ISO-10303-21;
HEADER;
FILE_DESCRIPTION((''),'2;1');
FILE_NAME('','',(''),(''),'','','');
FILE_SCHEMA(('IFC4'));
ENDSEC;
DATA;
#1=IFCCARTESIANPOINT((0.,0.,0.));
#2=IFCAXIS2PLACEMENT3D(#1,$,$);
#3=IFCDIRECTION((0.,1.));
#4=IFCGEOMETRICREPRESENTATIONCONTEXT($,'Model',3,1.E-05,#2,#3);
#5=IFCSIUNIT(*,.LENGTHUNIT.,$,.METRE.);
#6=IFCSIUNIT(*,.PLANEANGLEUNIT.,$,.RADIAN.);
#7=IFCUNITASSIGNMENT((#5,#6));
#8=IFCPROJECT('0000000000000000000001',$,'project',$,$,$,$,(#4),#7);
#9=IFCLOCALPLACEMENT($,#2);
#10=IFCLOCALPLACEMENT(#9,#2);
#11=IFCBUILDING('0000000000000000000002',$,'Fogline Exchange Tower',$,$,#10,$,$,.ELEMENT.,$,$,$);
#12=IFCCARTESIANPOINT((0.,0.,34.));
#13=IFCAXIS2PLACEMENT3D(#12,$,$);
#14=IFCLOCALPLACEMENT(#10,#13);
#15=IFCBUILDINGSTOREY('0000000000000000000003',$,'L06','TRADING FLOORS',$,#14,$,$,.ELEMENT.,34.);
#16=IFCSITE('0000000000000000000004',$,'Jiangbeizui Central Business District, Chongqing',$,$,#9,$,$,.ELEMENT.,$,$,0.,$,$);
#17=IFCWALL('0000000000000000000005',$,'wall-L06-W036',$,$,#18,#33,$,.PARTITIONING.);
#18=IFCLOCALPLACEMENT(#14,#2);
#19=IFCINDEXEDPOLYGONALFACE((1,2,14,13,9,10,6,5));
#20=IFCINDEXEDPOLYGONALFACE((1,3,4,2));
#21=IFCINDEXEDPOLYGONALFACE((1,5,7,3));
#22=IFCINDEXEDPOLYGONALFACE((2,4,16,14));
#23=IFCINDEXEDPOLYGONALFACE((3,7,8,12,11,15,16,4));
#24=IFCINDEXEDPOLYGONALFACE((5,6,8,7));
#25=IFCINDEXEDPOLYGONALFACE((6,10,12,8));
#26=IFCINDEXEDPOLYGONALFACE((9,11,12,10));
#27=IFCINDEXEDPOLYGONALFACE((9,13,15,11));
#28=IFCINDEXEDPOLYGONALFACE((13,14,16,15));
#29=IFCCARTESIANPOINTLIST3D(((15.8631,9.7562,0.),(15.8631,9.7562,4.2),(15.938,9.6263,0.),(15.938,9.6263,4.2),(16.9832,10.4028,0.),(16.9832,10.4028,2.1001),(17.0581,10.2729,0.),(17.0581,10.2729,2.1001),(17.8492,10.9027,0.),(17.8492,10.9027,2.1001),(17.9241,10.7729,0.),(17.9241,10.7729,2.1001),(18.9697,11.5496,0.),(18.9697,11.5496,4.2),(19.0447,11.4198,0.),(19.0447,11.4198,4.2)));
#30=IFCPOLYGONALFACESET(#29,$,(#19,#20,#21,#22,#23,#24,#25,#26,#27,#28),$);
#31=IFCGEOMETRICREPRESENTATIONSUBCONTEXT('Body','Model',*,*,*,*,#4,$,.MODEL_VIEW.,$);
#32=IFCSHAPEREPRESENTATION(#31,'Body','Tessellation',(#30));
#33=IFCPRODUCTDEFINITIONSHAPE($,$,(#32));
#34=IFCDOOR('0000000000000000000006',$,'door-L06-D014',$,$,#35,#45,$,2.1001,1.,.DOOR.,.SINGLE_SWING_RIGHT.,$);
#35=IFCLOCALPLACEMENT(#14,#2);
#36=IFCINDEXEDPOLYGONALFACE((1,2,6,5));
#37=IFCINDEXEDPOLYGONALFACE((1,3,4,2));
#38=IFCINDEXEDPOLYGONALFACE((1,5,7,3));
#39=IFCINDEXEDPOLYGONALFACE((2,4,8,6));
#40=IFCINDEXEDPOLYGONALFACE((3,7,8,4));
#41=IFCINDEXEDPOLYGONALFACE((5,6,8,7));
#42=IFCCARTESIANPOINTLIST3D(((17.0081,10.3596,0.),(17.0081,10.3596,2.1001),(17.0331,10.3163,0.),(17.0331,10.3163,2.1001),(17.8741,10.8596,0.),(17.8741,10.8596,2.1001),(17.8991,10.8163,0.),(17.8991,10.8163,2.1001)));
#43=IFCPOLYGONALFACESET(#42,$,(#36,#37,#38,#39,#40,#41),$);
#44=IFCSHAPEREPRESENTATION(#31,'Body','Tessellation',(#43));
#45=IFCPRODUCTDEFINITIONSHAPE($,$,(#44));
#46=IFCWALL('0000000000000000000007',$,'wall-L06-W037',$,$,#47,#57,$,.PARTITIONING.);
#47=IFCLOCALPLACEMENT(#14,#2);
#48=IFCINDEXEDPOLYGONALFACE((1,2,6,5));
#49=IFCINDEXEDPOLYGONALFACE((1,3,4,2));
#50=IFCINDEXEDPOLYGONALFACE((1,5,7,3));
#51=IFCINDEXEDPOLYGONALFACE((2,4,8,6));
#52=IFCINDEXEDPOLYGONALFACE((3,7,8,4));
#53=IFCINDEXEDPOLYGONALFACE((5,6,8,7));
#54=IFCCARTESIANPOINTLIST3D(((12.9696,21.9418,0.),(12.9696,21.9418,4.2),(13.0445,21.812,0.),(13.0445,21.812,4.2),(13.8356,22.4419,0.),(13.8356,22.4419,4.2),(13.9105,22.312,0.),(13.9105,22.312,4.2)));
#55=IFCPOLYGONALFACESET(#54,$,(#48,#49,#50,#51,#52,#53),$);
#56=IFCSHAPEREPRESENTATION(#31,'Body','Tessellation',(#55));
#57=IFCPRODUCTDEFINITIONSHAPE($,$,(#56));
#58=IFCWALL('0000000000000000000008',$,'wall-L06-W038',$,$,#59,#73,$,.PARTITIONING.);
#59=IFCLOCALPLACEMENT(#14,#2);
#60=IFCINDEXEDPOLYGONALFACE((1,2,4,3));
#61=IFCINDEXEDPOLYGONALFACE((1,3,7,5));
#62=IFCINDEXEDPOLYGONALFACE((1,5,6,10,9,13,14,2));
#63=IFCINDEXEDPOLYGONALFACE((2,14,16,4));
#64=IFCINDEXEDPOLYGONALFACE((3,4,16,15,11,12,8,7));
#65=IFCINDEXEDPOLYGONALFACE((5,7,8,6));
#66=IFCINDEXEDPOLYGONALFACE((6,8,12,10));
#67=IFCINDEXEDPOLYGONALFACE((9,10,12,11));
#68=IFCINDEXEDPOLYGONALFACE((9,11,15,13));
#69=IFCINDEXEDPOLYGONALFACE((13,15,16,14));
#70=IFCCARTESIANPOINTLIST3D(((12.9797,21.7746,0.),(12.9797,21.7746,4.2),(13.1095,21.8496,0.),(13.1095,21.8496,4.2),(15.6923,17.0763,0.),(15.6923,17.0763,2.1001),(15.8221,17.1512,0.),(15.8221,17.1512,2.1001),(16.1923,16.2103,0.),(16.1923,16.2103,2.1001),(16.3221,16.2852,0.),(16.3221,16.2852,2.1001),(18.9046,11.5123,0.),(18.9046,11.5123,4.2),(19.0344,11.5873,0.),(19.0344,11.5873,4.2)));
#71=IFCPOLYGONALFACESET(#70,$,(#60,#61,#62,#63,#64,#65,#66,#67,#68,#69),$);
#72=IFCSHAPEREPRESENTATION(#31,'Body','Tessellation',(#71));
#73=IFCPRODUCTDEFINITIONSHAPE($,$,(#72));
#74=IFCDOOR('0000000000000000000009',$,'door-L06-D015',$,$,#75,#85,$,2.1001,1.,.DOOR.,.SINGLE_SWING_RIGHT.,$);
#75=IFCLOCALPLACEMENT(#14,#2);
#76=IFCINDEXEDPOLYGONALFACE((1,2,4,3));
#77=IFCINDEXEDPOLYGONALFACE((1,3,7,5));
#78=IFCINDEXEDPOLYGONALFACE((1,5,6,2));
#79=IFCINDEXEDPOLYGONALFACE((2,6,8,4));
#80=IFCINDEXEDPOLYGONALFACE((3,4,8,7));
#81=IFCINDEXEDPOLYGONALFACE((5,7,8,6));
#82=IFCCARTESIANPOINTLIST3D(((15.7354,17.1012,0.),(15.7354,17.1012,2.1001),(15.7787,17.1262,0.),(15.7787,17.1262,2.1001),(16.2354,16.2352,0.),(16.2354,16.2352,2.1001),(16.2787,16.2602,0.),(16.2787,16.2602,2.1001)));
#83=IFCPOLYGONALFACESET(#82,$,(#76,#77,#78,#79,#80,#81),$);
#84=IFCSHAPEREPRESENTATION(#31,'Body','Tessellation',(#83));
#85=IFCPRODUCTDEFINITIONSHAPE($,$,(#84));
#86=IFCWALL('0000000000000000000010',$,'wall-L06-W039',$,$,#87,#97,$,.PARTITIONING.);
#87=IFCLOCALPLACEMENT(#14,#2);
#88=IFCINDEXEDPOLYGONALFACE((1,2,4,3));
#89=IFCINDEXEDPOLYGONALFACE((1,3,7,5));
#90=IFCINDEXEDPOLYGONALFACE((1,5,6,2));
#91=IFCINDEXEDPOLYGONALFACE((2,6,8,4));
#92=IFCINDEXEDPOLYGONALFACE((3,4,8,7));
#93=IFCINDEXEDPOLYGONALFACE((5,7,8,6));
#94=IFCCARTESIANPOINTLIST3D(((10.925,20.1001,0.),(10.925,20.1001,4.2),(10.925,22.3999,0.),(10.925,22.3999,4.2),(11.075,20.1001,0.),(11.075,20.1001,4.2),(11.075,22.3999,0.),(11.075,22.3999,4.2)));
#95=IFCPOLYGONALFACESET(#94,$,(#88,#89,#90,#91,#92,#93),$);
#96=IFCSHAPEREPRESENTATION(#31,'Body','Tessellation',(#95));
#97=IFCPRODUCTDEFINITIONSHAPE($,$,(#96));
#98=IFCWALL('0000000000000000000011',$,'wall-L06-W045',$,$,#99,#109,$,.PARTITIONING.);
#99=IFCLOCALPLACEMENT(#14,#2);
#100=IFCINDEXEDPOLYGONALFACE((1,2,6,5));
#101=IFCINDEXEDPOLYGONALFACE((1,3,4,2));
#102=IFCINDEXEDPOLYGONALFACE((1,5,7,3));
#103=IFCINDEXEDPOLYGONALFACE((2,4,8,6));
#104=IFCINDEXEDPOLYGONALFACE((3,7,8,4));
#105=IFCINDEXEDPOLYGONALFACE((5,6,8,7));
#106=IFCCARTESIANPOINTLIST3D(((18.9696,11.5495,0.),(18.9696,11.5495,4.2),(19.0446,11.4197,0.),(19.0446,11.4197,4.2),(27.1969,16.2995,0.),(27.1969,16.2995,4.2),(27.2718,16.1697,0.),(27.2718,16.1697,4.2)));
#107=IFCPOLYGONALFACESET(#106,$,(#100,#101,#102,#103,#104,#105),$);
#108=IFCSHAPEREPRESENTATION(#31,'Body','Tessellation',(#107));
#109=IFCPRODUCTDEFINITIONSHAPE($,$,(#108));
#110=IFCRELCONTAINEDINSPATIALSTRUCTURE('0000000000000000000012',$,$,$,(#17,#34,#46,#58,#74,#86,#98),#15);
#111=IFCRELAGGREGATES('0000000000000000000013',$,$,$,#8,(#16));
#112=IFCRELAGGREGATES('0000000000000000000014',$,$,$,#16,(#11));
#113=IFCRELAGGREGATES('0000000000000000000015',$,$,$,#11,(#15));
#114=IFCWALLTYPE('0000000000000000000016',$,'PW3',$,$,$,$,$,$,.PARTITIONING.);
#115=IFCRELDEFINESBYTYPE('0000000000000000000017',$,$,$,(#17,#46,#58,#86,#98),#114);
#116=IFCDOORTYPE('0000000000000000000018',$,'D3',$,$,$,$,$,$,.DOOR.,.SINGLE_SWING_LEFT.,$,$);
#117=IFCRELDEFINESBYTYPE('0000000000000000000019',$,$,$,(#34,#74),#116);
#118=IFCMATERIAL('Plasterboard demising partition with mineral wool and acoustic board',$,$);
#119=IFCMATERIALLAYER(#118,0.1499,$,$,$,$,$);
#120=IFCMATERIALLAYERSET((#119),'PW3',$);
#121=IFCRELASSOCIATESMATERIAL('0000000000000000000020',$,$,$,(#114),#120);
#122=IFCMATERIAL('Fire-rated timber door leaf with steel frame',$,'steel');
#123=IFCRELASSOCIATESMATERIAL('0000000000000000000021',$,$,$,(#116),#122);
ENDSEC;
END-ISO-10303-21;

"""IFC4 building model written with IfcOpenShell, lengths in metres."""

from ifc_helpers import new_model, si_unit, direction, frame, frame_2d, origin, place, context, subcontext, project, spatial, rectangle, extrude, material, layer, layer_set, type_object, element, fill, save


model = new_model("IFC4")

# Units and contexts
model_context = context("Model", 3, precision=1e-05, world=origin(), true_north=direction((0.0, 1.0)))
body_context = subcontext(model_context, "Body", "Model", "MODEL_VIEW")
ifc_project = project(units=[si_unit("LENGTHUNIT", "METRE"), si_unit("PLANEANGLEUNIT", "RADIAN")], contexts=[model_context])

# Site, building, storey
site_placement = place(None, origin())
site = spatial("IfcSite", under=ifc_project, at=site_placement, Name="Jiangbeizui Central Business District, Chongqing", CompositionType="ELEMENT", RefElevation=0.0)
building_placement = place(site_placement, origin())
building = spatial("IfcBuilding", under=site, at=building_placement, Name="Fogline Exchange Tower", CompositionType="ELEMENT")
storey_placement = place(building_placement, frame((0.0, 0.0, 34.0)))
storey = spatial("IfcBuildingStorey", under=building, at=storey_placement, Name="L06", Description="TRADING FLOORS", CompositionType="ELEMENT", Elevation=34.0)

# Shared definitions
ifc_material_1 = material(Name="Plasterboard demising partition with mineral wool and acoustic board")
ifc_layer_1 = layer(ifc_material_1, 0.1499)
ifc_layer_set_1 = layer_set([ifc_layer_1], Name="PW3")
wall_type_1 = type_object("IfcWallType", Name="PW3", PredefinedType="PARTITIONING", material=ifc_layer_set_1)
ifc_material_2 = material(Name="Fire-rated timber door leaf with steel frame", Category="steel")
door_type_1 = type_object("IfcDoorType", Name="D3", OperationType="SINGLE_SWING_LEFT", PredefinedType="DOOR", material=ifc_material_2)

# Wall, opening, door
wall_1_placement = place(storey_placement, frame((19.0071, 11.4846, 0.0), z_axis=(0.0, 0.0, 1.0), x_axis=(-0.866048, -0.49996, 0.0)))
wall_1 = element("IfcWall", 1, at=wall_1_placement, inside=storey, type_object=wall_type_1, Name="wall-L06-W036", PredefinedType="PARTITIONING", context=body_context, shape_type="SweptSolid", body=[
    extrude(rectangle(XDim=3.5872, YDim=0.1499, at=frame_2d((1.7935, 0.0))), origin(), (0.0, 0.0, 1.0), 4.2),
])
opening_1_placement = place(wall_1_placement, frame((1.2937, 0.0, 0.0)))
opening_1 = element("IfcOpeningElement", 2, at=opening_1_placement, cuts=wall_1, PredefinedType="OPENING", context=body_context, shape_type="SweptSolid", body=[
    extrude(rectangle(XDim=1.0, YDim=2.1001, at=frame_2d((0.5, 1.05))), frame((0.0, 0.085, 0.0), z_axis=(0.0, -1.0, 0.0), x_axis=(1.0, 0.0, 0.0)), (0.0, 0.0, 1.0), 0.1699),
])
door_1_placement = place(opening_1_placement, origin())
door_1 = element("IfcDoor", 3, at=door_1_placement, inside=storey, type_object=door_type_1, Name="door-L06-D014", OperationType="SINGLE_SWING_RIGHT", OverallHeight=2.1001, OverallWidth=1.0, PredefinedType="DOOR", context=body_context, shape_type="SweptSolid", body=[
    extrude(rectangle(XDim=1.0, YDim=2.1001, at=frame_2d((0.5, 1.05))), frame((0.0, 0.0249, 0.0), z_axis=(0.0, -1.0, 0.0), x_axis=(1.0, 0.0, 0.0)), (0.0, 0.0, 1.0), 0.05),
])
fill(opening_1, door_1)

# Wall
wall_2_placement = place(storey_placement, frame((13.873, 22.377, 0.0), z_axis=(0.0, 0.0, 1.0), x_axis=(-0.866011, -0.500025, 0.0)))
element("IfcWall", 4, at=wall_2_placement, inside=storey, type_object=wall_type_1, Name="wall-L06-W037", PredefinedType="PARTITIONING", context=body_context, shape_type="SweptSolid", body=[
    extrude(rectangle(XDim=1.0, YDim=0.1499, at=frame_2d((0.5, 0.0))), origin(), (0.0, 0.0, 1.0), 4.2),
])

# Wall, opening, door
wall_3_placement = place(storey_placement, frame((13.0447, 21.812, 0.0), z_axis=(0.0, 0.0, 1.0), x_axis=(0.499995, -0.866028, 0.0)))
wall_3 = element("IfcWall", 5, at=wall_3_placement, inside=storey, type_object=wall_type_1, Name="wall-L06-W038", PredefinedType="PARTITIONING", context=body_context, shape_type="SweptSolid", body=[
    extrude(rectangle(XDim=11.8499, YDim=0.1499, at=frame_2d((5.9248, 0.0))), origin(), (0.0, 0.0, 1.0), 4.2),
])
opening_2_placement = place(wall_3_placement, frame((5.425, 0.0, 0.0)))
opening_2 = element("IfcOpeningElement", 6, at=opening_2_placement, cuts=wall_3, PredefinedType="OPENING", context=body_context, shape_type="SweptSolid", body=[
    extrude(rectangle(XDim=1.0, YDim=2.1001, at=frame_2d((0.5, 1.05))), frame((0.0, 0.085, 0.0), z_axis=(0.0, -1.0, 0.0), x_axis=(1.0, 0.0, 0.0)), (0.0, 0.0, 1.0), 0.1699),
])
door_2_placement = place(opening_2_placement, origin())
door_2 = element("IfcDoor", 7, at=door_2_placement, inside=storey, type_object=door_type_1, Name="door-L06-D015", OperationType="SINGLE_SWING_RIGHT", OverallHeight=2.1001, OverallWidth=1.0, PredefinedType="DOOR", context=body_context, shape_type="SweptSolid", body=[
    extrude(rectangle(XDim=1.0, YDim=2.1001, at=frame_2d((0.5, 1.05))), frame((0.0, 0.0249, 0.0), z_axis=(0.0, -1.0, 0.0), x_axis=(1.0, 0.0, 0.0)), (0.0, 0.0, 1.0), 0.05),
])
fill(opening_2, door_2)

# Walls
wall_4_placement = place(storey_placement, frame((11.0, 20.1001, 0.0), z_axis=(0.0, 0.0, 1.0), x_axis=(0.0, 1.0, 0.0)))
element("IfcWall", 8, at=wall_4_placement, inside=storey, type_object=wall_type_1, Name="wall-L06-W039", PredefinedType="PARTITIONING", context=body_context, shape_type="SweptSolid", body=[
    extrude(rectangle(XDim=2.2998, YDim=0.1499, at=frame_2d((1.1499, 0.0))), origin(), (0.0, 0.0, 1.0), 4.2),
])
wall_5_placement = place(storey_placement, frame((19.0071, 11.4846, 0.0), z_axis=(0.0, 0.0, 1.0), x_axis=(0.866027, 0.499998, 0.0)))
element("IfcWall", 9, at=wall_5_placement, inside=storey, type_object=wall_type_1, Name="wall-L06-W045", PredefinedType="PARTITIONING", context=body_context, shape_type="SweptSolid", body=[
    extrude(rectangle(XDim=9.5, YDim=0.1499, at=frame_2d((4.75, 0.0))), origin(), (0.0, 0.0, 1.0), 4.2),
])

save(model, "model.ifc")
